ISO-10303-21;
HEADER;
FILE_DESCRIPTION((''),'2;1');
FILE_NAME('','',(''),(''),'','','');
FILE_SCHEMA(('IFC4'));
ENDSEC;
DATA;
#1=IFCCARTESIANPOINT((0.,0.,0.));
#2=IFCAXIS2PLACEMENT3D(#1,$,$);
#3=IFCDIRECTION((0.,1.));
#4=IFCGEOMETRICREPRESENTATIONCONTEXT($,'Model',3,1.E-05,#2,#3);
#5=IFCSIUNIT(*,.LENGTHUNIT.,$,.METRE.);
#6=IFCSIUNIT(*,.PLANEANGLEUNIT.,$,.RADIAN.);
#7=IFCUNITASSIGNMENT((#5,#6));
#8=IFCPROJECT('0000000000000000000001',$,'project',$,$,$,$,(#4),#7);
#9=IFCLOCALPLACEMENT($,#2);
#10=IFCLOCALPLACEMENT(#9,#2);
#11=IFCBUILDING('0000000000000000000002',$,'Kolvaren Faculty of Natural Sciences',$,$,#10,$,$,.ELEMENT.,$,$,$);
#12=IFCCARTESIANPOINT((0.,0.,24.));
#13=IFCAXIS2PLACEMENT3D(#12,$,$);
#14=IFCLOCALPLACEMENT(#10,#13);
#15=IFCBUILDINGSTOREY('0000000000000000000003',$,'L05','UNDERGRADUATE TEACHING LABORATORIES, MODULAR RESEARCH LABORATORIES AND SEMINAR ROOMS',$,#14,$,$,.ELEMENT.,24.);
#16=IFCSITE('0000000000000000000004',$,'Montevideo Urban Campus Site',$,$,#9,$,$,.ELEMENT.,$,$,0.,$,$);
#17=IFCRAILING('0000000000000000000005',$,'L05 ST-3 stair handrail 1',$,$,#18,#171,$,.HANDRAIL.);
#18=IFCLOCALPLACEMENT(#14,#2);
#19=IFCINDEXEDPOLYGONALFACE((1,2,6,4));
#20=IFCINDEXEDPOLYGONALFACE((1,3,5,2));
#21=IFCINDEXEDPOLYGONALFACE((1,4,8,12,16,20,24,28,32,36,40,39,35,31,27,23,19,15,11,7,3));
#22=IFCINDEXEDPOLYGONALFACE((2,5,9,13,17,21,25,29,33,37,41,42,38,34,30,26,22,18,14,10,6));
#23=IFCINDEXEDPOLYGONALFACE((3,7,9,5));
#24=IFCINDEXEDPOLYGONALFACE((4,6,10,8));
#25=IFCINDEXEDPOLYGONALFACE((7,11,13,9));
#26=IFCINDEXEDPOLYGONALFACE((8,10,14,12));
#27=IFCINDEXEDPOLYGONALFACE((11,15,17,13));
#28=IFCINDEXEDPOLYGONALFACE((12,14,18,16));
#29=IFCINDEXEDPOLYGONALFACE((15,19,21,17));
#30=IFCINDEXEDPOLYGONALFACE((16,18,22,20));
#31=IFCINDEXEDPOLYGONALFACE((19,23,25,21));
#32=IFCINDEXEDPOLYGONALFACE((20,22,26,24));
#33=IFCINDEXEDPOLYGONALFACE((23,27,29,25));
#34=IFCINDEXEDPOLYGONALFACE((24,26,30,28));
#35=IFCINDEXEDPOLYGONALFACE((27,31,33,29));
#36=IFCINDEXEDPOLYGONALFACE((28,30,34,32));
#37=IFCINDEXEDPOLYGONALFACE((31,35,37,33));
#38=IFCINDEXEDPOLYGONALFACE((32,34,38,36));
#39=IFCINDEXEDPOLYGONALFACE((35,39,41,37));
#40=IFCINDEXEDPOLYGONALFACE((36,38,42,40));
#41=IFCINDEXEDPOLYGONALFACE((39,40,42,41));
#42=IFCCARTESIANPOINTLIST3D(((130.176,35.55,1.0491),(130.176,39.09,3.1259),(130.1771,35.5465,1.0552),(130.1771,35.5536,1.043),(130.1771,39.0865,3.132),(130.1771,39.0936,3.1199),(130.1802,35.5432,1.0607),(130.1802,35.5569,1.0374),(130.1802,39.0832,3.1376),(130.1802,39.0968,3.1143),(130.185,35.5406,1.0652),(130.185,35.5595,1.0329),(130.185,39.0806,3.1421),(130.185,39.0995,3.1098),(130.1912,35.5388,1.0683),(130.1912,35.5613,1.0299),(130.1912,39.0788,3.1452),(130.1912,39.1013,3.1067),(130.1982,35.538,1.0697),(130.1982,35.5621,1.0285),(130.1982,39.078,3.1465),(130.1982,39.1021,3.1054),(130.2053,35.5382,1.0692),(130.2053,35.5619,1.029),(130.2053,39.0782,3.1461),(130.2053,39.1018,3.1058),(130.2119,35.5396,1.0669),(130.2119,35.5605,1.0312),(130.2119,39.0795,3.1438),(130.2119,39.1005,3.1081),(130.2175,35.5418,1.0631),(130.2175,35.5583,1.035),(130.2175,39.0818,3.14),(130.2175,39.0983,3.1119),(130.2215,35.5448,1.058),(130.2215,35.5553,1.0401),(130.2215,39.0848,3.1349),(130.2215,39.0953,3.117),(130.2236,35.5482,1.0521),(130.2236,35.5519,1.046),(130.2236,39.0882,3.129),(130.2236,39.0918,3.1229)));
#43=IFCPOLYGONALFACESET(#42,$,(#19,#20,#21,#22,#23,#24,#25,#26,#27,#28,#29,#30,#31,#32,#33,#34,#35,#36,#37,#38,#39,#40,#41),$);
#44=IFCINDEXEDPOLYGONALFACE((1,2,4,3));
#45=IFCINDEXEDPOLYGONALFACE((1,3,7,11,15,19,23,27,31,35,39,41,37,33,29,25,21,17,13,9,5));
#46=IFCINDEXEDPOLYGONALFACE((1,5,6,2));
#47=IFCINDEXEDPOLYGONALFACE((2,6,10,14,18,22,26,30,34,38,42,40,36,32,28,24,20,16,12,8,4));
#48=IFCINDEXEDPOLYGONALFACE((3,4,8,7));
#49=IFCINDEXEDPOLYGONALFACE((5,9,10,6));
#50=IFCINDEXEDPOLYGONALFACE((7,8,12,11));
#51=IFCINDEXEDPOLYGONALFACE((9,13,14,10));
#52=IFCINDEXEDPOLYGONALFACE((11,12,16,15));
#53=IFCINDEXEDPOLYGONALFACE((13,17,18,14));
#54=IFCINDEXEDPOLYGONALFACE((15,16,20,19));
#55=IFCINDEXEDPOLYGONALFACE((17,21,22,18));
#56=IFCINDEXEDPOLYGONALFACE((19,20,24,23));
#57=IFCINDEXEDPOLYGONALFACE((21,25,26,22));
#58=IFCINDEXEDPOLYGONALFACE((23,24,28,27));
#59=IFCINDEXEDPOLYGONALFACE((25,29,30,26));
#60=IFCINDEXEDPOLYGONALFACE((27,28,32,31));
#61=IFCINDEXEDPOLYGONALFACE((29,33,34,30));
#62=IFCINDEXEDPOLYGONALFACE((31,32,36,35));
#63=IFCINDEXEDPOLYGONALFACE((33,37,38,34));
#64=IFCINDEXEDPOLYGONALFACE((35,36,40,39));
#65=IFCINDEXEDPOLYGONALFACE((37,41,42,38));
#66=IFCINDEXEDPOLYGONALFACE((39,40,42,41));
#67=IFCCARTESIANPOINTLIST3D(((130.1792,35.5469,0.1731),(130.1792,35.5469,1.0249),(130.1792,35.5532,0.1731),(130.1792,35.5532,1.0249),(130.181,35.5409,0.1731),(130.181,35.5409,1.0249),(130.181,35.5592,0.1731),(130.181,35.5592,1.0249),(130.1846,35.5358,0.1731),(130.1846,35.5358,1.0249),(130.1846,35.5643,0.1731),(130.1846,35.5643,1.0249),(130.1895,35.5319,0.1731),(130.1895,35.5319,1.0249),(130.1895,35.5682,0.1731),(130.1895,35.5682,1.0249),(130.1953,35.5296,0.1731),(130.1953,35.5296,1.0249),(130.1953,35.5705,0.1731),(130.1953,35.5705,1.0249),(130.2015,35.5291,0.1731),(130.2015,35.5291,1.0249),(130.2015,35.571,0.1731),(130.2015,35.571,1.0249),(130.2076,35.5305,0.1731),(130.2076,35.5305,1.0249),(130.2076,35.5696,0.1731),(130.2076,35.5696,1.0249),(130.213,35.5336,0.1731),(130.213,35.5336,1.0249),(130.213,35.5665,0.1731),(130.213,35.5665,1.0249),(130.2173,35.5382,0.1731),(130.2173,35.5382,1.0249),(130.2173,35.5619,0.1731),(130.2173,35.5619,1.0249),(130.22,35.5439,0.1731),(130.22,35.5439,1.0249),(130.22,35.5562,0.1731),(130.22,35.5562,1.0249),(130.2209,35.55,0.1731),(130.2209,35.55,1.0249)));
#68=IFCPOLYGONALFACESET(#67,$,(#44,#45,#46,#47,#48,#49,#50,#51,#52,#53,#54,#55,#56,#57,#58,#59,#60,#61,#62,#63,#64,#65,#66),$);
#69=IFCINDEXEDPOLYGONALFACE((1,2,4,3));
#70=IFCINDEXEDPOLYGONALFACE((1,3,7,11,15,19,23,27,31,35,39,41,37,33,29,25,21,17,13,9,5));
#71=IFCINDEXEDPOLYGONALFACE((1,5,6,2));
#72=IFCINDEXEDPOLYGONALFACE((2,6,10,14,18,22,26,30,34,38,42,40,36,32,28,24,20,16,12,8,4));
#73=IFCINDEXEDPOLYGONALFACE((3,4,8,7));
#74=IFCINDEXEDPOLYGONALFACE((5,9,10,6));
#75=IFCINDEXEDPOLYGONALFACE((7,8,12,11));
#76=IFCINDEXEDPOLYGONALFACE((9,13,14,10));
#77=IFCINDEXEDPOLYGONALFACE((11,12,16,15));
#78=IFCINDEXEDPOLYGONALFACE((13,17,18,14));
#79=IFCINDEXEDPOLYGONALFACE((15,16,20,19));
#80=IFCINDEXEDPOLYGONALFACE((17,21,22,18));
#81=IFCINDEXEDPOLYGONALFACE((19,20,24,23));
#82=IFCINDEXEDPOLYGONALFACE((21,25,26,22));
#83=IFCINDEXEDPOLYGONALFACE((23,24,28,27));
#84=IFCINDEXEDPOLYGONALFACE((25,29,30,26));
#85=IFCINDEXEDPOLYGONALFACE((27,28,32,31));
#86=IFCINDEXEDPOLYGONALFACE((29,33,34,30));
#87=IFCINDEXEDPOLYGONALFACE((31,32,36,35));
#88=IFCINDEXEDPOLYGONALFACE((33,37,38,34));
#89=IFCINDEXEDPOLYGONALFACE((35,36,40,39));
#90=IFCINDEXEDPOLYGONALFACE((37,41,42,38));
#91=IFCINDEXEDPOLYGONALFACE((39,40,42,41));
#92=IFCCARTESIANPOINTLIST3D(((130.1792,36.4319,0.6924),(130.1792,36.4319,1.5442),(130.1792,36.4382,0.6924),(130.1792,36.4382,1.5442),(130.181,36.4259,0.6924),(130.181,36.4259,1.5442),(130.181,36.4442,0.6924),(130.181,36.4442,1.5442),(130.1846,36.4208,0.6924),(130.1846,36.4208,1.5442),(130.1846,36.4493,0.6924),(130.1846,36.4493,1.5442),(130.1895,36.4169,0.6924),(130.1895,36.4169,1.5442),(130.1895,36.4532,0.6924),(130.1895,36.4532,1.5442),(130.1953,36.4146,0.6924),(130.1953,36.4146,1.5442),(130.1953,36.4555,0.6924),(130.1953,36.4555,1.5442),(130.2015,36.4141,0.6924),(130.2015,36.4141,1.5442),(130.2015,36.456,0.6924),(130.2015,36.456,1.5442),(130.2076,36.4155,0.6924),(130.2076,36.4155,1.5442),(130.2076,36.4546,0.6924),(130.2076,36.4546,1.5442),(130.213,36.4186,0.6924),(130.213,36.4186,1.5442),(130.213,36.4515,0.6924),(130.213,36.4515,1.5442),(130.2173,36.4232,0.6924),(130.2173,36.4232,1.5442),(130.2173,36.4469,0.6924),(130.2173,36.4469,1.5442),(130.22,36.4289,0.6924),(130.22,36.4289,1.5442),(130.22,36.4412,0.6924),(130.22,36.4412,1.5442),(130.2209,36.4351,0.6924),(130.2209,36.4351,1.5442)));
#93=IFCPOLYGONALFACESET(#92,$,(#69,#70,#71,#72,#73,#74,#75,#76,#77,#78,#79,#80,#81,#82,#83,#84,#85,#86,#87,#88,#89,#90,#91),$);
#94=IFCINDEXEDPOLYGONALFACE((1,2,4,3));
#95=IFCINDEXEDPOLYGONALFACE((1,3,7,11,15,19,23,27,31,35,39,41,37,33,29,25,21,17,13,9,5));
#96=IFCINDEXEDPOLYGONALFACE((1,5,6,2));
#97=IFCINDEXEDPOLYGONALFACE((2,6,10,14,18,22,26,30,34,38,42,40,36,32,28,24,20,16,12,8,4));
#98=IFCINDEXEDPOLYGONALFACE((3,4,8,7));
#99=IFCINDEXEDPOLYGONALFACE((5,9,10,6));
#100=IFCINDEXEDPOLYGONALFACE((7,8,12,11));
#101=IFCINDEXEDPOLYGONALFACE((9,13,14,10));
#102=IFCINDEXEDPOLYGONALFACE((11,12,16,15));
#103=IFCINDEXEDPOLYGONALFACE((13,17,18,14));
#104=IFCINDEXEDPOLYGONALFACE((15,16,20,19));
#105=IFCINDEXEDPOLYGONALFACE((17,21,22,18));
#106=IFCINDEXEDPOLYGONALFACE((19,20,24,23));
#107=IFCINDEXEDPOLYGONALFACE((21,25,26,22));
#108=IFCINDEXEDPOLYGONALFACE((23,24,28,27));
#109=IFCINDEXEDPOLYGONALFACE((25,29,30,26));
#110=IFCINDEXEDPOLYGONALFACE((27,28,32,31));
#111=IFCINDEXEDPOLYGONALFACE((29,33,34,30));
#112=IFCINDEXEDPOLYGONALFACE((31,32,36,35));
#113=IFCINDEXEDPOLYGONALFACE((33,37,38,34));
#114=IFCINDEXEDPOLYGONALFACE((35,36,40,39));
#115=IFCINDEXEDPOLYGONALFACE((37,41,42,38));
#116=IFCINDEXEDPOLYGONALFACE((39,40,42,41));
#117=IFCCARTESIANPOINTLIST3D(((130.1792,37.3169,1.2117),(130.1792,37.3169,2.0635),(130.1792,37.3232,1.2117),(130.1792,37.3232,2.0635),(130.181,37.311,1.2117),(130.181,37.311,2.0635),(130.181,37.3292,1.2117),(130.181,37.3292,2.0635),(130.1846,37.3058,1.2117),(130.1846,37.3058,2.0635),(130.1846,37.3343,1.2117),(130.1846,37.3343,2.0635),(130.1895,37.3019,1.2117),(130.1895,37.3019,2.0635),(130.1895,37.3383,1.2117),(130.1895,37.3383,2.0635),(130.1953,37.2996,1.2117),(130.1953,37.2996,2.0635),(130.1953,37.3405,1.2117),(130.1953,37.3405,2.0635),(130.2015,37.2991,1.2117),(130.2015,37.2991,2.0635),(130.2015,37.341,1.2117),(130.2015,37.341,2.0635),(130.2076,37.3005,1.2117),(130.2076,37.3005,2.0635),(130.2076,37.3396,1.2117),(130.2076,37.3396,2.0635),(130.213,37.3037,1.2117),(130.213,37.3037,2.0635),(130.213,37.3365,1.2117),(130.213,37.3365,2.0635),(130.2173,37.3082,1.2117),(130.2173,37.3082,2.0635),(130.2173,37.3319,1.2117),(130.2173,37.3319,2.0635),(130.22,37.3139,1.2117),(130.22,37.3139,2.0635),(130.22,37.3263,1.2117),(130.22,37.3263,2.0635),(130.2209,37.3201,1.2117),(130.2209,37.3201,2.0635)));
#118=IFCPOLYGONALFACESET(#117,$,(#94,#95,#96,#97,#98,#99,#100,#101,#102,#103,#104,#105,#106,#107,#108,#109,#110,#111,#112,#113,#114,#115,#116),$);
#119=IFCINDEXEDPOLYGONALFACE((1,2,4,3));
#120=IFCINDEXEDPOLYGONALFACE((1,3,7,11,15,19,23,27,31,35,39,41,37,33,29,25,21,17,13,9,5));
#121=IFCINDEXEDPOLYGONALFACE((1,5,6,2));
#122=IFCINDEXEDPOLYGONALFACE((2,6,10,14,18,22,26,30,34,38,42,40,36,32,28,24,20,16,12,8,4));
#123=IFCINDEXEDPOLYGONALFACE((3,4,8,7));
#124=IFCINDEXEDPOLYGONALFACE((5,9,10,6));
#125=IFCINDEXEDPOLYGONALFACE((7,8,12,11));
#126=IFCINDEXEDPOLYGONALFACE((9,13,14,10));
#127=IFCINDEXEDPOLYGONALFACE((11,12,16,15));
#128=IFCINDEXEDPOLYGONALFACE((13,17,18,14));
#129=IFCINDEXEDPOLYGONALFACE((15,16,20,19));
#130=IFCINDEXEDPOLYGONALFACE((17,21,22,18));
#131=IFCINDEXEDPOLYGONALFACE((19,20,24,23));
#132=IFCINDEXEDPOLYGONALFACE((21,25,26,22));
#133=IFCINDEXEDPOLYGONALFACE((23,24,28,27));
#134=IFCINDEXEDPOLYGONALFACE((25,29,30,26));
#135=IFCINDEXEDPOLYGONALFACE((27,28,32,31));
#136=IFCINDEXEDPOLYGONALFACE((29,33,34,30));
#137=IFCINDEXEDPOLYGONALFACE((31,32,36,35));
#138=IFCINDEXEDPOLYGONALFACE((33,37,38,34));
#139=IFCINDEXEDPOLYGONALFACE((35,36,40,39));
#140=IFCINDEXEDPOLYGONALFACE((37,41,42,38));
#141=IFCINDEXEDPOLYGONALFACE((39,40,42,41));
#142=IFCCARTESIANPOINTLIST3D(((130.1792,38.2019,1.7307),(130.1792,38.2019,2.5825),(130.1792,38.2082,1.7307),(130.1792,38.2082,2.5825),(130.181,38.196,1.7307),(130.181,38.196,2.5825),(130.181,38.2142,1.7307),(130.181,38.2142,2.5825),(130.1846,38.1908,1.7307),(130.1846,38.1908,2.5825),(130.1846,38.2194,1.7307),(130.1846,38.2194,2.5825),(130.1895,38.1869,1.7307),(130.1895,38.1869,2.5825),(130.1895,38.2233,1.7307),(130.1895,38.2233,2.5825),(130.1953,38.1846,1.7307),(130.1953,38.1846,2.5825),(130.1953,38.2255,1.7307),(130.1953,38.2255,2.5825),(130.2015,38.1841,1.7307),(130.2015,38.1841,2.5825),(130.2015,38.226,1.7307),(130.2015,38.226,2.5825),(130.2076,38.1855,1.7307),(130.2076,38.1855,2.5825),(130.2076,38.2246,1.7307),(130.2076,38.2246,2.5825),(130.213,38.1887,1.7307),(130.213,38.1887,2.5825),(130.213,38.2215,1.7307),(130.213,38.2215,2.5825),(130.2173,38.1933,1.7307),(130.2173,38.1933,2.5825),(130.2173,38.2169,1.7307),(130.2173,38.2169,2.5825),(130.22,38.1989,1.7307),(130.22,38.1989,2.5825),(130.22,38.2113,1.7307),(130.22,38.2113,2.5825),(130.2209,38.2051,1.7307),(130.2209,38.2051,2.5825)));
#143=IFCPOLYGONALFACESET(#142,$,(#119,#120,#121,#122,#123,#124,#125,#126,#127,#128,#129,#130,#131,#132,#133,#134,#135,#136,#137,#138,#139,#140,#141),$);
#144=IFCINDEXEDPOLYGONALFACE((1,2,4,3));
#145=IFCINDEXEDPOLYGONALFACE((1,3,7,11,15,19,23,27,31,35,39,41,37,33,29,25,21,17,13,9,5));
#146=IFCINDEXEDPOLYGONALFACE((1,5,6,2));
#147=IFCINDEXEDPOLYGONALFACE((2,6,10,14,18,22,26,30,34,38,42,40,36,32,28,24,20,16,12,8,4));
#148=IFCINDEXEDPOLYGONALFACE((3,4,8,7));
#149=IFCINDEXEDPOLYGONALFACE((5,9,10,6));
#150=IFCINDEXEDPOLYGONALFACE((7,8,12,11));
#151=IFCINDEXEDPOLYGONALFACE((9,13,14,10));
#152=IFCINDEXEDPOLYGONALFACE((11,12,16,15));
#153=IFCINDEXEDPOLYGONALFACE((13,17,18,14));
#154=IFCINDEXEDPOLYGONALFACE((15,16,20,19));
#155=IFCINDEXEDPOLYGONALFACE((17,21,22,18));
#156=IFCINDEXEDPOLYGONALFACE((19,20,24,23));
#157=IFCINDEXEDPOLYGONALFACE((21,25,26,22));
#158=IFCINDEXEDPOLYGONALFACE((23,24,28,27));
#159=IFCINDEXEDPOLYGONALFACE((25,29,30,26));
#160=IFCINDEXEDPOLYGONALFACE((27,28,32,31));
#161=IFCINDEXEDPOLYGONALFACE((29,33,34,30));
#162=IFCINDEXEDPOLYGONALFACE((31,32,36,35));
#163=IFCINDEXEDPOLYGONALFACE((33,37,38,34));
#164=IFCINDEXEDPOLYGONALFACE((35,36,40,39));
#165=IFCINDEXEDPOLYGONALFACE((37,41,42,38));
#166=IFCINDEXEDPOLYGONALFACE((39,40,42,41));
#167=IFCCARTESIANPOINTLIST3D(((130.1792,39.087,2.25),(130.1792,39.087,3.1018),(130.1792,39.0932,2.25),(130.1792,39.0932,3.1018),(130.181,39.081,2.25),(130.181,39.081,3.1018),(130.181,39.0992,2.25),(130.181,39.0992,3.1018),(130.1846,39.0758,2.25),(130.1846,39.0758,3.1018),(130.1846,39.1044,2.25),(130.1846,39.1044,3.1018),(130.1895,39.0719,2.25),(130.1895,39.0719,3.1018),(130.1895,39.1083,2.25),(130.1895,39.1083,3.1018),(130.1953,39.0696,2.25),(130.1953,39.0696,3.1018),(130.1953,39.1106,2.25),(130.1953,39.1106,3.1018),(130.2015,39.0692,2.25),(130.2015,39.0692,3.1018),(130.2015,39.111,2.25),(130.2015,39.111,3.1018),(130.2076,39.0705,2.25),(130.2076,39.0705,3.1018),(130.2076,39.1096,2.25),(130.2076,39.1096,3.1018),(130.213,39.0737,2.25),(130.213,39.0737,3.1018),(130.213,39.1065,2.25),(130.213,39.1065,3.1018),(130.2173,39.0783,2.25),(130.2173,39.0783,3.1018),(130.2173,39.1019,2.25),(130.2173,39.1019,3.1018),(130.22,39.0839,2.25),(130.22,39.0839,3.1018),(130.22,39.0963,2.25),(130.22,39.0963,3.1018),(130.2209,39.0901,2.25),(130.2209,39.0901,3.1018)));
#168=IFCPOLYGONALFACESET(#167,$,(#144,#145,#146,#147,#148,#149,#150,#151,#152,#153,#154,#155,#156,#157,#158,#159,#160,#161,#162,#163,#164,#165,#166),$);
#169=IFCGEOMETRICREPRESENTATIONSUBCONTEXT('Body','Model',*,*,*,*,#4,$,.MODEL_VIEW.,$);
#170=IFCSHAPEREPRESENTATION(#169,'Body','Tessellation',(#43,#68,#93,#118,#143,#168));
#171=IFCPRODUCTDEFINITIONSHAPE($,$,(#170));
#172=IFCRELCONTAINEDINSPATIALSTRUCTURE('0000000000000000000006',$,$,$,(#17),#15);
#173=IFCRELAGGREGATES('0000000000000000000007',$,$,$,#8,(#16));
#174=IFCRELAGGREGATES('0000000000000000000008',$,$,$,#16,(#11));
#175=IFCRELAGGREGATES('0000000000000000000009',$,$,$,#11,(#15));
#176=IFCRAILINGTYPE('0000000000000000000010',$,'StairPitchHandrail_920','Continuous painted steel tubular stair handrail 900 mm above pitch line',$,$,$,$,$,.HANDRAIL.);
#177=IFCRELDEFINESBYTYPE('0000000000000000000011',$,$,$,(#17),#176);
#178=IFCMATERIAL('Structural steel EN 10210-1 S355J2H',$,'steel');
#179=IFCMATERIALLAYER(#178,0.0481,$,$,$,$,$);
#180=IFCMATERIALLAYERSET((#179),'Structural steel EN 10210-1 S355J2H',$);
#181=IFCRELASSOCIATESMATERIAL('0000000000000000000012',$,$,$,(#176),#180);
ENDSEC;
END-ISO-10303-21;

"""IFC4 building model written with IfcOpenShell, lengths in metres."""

from ifc_helpers import new_model, si_unit, direction, frame, origin, origin_2d, place, context, subcontext, project, spatial, circle, extrude, material, layer, layer_set, type_object, element, save


model = new_model("IFC4")

# Units and contexts
model_context = context("Model", 3, precision=1e-05, world=origin(), true_north=direction((0.0, 1.0)))
body_context = subcontext(model_context, "Body", "Model", "MODEL_VIEW")
ifc_project = project(units=[si_unit("LENGTHUNIT", "METRE"), si_unit("PLANEANGLEUNIT", "RADIAN")], contexts=[model_context])

# Site, building, storey
site_placement = place(None, origin())
site = spatial("IfcSite", under=ifc_project, at=site_placement, Name="Montevideo Urban Campus Site", CompositionType="ELEMENT", RefElevation=0.0)
building_placement = place(site_placement, origin())
building = spatial("IfcBuilding", under=site, at=building_placement, Name="Kolvaren Faculty of Natural Sciences", CompositionType="ELEMENT")
storey_placement = place(building_placement, frame((0.0, 0.0, 24.0)))
storey = spatial("IfcBuildingStorey", under=building, at=storey_placement, Name="L05", Description="UNDERGRADUATE TEACHING LABORATORIES, MODULAR RESEARCH LABORATORIES AND SEMINAR ROOMS", CompositionType="ELEMENT", Elevation=24.0)

# Railing
ifc_material_1 = material(Name="Structural steel EN 10210-1 S355J2H", Category="steel")
ifc_layer_1 = layer(ifc_material_1, 0.0481)
ifc_layer_set_1 = layer_set([ifc_layer_1], Name="Structural steel EN 10210-1 S355J2H")
railing_type_1 = type_object("IfcRailingType", Name="StairPitchHandrail_920", Description="Continuous painted steel tubular stair handrail 900 mm above pitch line", PredefinedType="HANDRAIL", material=ifc_layer_set_1)
railing_1_placement = place(storey_placement, frame((130.2, 35.55, 0.1731)))
element("IfcRailing", 1, at=railing_1_placement, inside=storey, type_object=railing_type_1, Name="L05 ST-3 stair handrail 1", PredefinedType="HANDRAIL", context=body_context, shape_type="SweptSolid", body=[
    extrude(circle(Radius=0.0239, at=origin_2d()), frame((0.0, 0.0, 0.876), z_axis=(0.0, 0.862516, 0.506029), x_axis=(-1.0, 0.0, 0.0)), (0.0, 0.0, 1.0), 4.1042),
    extrude(circle(Radius=0.021, at=origin_2d()), origin(), (0.0, 0.0, 1.0), 0.8518),
    extrude(circle(Radius=0.021, at=origin_2d()), frame((0.0, 0.885, 0.5193)), (0.0, 0.0, 1.0), 0.8518),
    extrude(circle(Radius=0.021, at=origin_2d()), frame((0.0, 1.77, 1.0386)), (0.0, 0.0, 1.0), 0.8518),
    extrude(circle(Radius=0.021, at=origin_2d()), frame((0.0, 2.655, 1.5576)), (0.0, 0.0, 1.0), 0.8518),
    extrude(circle(Radius=0.021, at=origin_2d()), frame((0.0, 3.54, 2.0769)), (0.0, 0.0, 1.0), 0.8518),
])

save(model, "model.ifc")
